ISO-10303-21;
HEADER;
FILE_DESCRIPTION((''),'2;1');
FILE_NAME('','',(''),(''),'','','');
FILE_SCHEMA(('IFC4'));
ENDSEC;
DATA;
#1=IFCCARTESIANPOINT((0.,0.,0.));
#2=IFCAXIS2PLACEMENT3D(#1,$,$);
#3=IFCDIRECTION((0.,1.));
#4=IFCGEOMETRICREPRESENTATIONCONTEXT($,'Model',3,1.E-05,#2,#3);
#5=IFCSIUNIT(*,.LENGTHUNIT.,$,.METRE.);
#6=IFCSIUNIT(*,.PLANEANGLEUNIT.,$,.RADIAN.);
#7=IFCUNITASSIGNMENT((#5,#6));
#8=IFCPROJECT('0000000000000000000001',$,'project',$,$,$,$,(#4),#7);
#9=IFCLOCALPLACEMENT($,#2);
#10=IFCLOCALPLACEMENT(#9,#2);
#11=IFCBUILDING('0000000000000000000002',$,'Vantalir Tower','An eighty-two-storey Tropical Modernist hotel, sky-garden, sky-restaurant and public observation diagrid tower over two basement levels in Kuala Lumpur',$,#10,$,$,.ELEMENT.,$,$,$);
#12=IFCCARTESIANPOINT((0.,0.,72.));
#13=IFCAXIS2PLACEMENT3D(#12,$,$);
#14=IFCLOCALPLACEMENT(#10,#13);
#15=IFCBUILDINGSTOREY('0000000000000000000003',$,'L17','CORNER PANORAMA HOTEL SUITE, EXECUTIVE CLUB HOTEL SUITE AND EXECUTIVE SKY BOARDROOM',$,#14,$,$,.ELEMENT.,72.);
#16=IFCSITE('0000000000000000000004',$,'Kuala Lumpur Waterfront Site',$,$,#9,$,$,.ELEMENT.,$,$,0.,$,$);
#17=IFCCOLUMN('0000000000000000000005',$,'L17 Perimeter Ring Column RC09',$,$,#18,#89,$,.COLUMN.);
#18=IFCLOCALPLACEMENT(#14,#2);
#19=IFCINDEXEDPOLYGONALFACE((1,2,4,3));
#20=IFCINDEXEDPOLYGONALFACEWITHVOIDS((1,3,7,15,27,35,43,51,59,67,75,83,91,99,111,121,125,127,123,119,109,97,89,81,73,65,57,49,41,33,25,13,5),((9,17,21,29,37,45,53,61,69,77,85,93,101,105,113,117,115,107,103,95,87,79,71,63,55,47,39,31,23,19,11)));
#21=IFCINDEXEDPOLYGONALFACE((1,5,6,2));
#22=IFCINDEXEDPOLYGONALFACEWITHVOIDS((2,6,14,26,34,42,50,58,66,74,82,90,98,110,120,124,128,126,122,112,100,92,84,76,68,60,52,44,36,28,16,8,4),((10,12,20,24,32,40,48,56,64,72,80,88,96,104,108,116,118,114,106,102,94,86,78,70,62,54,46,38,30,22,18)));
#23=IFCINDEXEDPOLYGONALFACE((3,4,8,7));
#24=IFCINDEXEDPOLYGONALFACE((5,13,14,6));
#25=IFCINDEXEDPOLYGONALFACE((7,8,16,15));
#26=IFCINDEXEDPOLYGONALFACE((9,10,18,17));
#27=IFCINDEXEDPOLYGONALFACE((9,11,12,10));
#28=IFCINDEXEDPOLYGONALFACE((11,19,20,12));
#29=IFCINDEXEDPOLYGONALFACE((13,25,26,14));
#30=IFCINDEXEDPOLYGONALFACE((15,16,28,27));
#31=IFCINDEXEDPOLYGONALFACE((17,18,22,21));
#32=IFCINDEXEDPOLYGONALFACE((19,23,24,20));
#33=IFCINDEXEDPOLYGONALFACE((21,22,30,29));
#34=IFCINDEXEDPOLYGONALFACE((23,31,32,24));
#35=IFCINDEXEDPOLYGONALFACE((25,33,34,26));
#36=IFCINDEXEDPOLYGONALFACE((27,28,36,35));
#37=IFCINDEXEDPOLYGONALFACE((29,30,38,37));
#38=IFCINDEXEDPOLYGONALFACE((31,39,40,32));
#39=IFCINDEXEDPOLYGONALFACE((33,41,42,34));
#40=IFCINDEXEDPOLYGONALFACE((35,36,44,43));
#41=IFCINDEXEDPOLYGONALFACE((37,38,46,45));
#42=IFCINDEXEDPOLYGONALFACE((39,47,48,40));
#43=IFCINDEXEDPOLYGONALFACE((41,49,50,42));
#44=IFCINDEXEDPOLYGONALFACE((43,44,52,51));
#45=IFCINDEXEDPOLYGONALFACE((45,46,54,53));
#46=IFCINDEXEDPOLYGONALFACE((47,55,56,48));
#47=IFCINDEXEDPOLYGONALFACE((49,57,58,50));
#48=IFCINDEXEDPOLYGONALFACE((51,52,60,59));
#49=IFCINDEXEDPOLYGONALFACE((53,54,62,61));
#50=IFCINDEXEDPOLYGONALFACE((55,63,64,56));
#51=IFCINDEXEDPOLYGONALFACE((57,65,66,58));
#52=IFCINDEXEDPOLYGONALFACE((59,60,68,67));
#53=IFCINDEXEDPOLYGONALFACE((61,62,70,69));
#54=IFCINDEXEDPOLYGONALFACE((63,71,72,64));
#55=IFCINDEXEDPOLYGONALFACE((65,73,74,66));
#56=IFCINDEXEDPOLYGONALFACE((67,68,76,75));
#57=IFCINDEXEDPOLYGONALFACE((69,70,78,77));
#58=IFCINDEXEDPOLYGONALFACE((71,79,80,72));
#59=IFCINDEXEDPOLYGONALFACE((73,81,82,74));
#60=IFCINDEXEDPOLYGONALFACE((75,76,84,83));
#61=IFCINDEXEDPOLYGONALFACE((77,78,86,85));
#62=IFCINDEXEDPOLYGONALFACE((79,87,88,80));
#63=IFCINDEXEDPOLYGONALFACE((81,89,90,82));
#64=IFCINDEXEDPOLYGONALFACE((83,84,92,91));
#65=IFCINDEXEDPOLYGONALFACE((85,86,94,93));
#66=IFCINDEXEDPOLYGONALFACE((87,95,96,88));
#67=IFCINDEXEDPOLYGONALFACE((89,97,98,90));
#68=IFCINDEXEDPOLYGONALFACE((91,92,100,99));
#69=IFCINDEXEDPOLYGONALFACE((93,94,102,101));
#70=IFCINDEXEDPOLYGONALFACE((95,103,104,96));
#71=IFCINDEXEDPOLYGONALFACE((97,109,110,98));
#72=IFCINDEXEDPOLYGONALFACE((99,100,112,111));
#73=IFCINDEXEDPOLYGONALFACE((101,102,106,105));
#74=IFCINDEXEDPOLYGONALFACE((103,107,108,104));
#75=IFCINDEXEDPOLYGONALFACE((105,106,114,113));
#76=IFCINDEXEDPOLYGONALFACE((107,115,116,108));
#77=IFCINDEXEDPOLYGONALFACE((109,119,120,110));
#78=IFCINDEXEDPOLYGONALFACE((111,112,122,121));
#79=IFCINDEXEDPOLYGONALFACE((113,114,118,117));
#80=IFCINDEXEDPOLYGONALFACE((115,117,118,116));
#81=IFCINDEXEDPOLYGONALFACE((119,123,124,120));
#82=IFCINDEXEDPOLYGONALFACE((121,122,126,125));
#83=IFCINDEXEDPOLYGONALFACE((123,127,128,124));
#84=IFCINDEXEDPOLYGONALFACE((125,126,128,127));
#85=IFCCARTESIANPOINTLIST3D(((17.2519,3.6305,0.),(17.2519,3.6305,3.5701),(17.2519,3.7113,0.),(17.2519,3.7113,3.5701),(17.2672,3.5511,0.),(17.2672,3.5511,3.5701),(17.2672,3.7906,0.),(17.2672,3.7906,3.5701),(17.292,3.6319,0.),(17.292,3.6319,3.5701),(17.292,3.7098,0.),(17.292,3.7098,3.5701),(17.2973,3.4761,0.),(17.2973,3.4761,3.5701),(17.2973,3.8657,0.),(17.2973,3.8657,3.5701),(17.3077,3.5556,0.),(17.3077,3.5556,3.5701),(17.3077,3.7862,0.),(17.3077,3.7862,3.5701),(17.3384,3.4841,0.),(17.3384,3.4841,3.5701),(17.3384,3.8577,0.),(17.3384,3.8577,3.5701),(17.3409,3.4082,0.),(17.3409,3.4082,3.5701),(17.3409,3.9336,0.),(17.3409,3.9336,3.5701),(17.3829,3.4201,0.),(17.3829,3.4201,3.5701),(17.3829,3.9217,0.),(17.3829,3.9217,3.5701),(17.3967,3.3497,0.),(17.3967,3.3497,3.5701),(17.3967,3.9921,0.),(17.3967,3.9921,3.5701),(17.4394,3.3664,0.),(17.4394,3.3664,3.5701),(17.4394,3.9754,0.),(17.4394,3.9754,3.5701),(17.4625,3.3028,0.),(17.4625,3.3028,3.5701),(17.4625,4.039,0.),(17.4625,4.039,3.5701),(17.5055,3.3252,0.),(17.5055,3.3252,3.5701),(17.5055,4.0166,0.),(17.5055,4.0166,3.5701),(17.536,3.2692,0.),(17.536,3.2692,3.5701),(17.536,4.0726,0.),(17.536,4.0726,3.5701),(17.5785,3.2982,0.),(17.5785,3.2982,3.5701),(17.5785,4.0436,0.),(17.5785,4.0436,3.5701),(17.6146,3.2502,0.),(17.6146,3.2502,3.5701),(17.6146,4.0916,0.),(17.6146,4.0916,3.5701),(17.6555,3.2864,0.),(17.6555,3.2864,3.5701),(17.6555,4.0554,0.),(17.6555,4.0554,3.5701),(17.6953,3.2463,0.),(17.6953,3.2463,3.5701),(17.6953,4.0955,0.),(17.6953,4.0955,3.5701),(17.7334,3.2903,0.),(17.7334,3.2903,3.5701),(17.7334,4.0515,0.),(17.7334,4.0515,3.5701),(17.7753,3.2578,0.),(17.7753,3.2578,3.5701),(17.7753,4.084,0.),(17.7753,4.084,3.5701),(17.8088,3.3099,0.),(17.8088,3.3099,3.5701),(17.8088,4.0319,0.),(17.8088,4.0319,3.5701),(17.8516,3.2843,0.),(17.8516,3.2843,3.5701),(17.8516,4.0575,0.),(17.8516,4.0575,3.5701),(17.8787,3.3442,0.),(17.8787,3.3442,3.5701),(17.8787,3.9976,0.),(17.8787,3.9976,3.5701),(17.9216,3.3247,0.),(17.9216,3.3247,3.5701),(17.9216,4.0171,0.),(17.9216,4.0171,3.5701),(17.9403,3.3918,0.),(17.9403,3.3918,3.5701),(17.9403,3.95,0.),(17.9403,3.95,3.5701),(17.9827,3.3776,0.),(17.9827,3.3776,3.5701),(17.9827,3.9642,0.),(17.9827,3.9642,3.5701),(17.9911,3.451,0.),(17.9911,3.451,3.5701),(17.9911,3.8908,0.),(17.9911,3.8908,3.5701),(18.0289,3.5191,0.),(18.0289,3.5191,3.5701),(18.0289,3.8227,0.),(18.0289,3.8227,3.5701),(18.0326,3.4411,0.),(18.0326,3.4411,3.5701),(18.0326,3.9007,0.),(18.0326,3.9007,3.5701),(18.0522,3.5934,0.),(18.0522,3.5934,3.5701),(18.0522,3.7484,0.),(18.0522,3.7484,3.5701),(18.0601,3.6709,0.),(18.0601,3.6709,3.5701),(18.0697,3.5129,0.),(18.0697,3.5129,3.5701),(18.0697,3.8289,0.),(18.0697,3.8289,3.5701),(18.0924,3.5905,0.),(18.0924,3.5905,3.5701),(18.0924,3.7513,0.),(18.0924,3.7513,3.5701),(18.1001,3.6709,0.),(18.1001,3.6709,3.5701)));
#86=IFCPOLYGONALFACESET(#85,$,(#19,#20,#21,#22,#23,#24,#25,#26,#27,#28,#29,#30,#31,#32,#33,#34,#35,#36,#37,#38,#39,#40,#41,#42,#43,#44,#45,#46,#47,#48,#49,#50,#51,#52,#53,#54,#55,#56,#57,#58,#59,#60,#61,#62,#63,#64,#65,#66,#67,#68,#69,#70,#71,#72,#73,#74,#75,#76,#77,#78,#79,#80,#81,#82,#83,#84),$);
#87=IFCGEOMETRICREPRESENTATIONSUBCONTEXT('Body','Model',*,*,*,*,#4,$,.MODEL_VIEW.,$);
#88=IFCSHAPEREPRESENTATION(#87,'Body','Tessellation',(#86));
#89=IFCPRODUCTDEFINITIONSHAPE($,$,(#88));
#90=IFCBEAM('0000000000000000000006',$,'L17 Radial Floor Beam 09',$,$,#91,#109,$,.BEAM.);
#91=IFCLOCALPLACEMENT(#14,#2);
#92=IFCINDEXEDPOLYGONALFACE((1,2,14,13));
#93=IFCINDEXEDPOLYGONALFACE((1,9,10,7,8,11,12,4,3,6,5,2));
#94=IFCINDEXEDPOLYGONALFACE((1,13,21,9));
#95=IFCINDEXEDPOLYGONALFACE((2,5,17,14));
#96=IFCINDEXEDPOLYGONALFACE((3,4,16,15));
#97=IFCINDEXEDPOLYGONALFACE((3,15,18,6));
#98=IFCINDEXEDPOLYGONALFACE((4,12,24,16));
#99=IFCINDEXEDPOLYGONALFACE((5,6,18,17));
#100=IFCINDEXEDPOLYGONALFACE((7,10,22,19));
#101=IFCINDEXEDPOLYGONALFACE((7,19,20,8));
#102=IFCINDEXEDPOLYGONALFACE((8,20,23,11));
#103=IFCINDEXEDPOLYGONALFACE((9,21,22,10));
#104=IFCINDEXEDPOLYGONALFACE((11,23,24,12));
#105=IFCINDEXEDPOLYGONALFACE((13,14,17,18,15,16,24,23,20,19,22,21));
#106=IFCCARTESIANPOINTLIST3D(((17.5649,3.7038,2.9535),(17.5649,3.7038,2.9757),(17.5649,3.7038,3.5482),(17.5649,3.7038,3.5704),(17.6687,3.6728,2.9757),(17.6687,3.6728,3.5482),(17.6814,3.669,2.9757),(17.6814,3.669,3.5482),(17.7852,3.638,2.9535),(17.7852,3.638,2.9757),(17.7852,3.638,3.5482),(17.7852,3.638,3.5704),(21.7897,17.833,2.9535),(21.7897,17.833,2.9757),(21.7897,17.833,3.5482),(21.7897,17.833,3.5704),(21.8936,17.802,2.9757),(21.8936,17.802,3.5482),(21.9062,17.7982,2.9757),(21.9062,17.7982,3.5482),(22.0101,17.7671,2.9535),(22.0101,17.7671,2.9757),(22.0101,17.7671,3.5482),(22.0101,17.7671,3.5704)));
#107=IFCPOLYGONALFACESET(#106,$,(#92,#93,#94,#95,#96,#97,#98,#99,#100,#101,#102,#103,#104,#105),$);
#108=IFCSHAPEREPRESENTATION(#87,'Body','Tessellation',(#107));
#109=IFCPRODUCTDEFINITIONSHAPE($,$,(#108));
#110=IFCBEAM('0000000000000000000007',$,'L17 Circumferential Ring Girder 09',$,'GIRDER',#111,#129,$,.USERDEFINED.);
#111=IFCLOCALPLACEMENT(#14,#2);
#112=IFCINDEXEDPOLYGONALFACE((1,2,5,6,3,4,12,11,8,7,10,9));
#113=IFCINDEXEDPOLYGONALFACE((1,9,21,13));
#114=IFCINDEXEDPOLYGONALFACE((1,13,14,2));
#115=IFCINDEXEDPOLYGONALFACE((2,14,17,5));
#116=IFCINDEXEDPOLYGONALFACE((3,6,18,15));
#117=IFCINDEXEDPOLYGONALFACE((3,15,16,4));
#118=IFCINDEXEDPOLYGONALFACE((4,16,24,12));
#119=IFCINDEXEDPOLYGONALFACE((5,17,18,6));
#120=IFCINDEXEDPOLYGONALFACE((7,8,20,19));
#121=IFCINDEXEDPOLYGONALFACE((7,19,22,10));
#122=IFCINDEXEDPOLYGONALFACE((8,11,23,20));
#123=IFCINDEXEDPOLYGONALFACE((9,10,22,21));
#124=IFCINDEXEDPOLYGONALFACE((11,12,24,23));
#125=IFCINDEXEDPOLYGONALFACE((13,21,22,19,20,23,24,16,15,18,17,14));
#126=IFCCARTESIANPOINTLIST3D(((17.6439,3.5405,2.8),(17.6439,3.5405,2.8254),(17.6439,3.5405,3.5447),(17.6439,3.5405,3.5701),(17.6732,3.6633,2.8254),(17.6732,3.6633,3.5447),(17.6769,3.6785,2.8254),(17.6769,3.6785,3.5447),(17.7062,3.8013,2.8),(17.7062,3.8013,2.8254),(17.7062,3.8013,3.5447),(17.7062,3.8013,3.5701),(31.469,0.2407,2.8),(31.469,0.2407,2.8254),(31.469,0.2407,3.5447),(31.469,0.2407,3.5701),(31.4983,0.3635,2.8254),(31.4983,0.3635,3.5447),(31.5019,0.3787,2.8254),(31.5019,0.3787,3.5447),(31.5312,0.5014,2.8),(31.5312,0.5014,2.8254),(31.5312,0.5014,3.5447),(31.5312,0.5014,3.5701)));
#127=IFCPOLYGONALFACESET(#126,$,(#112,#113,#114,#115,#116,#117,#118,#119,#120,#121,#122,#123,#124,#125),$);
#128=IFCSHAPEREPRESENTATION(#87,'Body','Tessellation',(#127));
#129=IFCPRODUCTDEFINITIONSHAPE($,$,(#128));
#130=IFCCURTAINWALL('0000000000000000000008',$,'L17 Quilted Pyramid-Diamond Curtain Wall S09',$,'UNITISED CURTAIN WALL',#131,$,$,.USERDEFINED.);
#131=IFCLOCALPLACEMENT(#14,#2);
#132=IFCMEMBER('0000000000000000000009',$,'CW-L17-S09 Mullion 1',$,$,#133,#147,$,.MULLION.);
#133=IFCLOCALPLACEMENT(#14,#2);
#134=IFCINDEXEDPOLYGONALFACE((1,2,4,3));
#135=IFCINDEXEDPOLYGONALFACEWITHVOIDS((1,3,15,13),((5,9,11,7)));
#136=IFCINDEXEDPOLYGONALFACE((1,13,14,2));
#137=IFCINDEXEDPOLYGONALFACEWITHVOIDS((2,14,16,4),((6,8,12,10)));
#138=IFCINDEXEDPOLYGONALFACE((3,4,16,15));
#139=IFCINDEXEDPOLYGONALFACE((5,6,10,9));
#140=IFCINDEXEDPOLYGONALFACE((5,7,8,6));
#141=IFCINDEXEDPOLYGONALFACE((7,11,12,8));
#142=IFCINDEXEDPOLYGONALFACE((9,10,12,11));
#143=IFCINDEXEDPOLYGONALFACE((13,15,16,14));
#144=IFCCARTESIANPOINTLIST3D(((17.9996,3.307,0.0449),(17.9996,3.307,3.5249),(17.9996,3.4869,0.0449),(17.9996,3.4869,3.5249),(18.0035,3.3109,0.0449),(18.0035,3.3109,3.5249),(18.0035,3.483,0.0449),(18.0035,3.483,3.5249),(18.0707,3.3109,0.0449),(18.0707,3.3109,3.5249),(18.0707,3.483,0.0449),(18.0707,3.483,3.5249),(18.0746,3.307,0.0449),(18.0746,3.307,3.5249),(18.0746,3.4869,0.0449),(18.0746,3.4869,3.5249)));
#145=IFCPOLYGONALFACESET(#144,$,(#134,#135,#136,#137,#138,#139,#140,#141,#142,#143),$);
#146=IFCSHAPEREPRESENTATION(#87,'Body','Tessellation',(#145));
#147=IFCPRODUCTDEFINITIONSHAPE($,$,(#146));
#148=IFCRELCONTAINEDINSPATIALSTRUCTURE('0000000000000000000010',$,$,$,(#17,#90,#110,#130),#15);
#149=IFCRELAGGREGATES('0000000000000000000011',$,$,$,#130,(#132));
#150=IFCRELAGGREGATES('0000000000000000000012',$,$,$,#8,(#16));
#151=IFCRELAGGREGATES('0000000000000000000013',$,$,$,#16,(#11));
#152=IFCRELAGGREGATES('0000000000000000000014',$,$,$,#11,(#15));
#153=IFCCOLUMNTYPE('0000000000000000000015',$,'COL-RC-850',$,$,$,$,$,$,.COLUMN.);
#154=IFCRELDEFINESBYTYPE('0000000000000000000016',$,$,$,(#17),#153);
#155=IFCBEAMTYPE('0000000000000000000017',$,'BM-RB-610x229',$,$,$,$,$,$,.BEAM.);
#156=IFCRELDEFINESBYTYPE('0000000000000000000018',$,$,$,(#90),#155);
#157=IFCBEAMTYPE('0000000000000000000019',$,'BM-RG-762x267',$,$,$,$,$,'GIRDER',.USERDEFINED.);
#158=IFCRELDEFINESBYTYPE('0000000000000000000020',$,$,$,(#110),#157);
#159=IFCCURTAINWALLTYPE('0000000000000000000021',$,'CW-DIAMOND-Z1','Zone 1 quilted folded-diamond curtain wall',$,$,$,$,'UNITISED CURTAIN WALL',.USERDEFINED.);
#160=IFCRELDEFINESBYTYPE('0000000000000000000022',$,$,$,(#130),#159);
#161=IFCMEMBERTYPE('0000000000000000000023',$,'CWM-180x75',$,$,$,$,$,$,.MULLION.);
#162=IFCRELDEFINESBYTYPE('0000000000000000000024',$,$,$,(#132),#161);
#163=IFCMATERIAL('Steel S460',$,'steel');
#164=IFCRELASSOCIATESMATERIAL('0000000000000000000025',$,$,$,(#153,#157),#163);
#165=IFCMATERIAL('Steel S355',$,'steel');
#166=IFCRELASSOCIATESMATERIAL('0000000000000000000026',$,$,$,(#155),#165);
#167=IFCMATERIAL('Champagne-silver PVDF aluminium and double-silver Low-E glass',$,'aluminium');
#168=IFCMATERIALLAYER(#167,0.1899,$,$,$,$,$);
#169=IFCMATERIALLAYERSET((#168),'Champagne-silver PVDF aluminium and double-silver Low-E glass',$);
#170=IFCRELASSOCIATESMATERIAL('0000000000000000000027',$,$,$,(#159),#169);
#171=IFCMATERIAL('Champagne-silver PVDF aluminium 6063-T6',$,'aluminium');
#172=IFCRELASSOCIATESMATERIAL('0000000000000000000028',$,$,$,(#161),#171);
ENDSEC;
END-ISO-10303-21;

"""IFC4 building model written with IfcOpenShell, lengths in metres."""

from ifc_helpers import new_model, si_unit, direction, frame, origin, origin_2d, place, context, subcontext, project, spatial, hollow_rectangle, hollow_circle, i_section, extrude, material, layer, layer_set, material_profile, profile_set, type_object, element, aggregate, save


model = new_model("IFC4")

# Units and contexts
model_context = context("Model", 3, precision=1e-05, world=origin(), true_north=direction((0.0, 1.0)))
body_context = subcontext(model_context, "Body", "Model", "MODEL_VIEW")
ifc_project = project(units=[si_unit("LENGTHUNIT", "METRE"), si_unit("PLANEANGLEUNIT", "RADIAN")], contexts=[model_context])

# Site, building, storey
site_placement = place(None, origin())
site = spatial("IfcSite", under=ifc_project, at=site_placement, Name="Kuala Lumpur Waterfront Site", CompositionType="ELEMENT", RefElevation=0.0)
building_placement = place(site_placement, origin())
building = spatial("IfcBuilding", under=site, at=building_placement, Name="Vantalir Tower", Description="An eighty-two-storey Tropical Modernist hotel, sky-garden, sky-restaurant and public observation diagrid tower over two basement levels in Kuala Lumpur", CompositionType="ELEMENT")
storey_placement = place(building_placement, frame((0.0, 0.0, 72.0)))
storey = spatial("IfcBuildingStorey", under=building, at=storey_placement, Name="L17", Description="CORNER PANORAMA HOTEL SUITE, EXECUTIVE CLUB HOTEL SUITE AND EXECUTIVE SKY BOARDROOM", CompositionType="ELEMENT", Elevation=72.0)

# Column
ifc_material_1 = material(Name="Steel S460", Category="steel")
ifc_material_profile_1 = material_profile(ifc_material_1, hollow_circle(Radius=0.425, WallThickness=0.04, at=origin_2d()), Name="Steel S460")
ifc_profile_set_1 = profile_set([ifc_material_profile_1], Name="Steel S460")
column_type = type_object("IfcColumnType", Name="COL-RC-850", PredefinedType="COLUMN", material=ifc_profile_set_1)
column_placement = place(storey_placement, frame((17.675, 3.6709, 0.0), z_axis=(0.0, 0.0, 1.0), x_axis=(1.0, 0.0, 0.0)))
element("IfcColumn", 1, at=column_placement, inside=storey, type_object=column_type, Name="L17 Perimeter Ring Column RC09", PredefinedType="COLUMN", context=body_context, shape_type="SweptSolid", body=[
    extrude(hollow_circle(Radius=0.425, WallThickness=0.04, at=origin_2d()), origin(), (0.0, 0.0, 1.0), 3.5701),
])

# Beams
ifc_material_2 = material(Name="Steel S355", Category="steel")
ifc_material_profile_2 = material_profile(ifc_material_2, i_section(OverallWidth=0.23, OverallDepth=0.6169, WebThickness=0.0132, FlangeThickness=0.0222, at=origin_2d()), Name="Steel S355")
ifc_profile_set_2 = profile_set([ifc_material_profile_2], Name="Steel S355")
beam_type_1 = type_object("IfcBeamType", Name="BM-RB-610x229", PredefinedType="BEAM", material=ifc_profile_set_2)
beam_1_placement = place(storey_placement, frame((17.675, 3.6709, 3.262), z_axis=(0.286484, 0.958085, 0.0), x_axis=(-0.958085, 0.286484, 0.0)))
element("IfcBeam", 2, at=beam_1_placement, inside=storey, type_object=beam_type_1, Name="L17 Radial Floor Beam 09", PredefinedType="BEAM", context=body_context, shape_type="SweptSolid", body=[
    extrude(i_section(OverallWidth=0.23, OverallDepth=0.6169, WebThickness=0.0132, FlangeThickness=0.0222, at=origin_2d()), origin(), (0.0, 0.0, 1.0), 14.7473),
])
ifc_material_profile_3 = material_profile(ifc_material_1, i_section(OverallWidth=0.2681, OverallDepth=0.77, WebThickness=0.0156, FlangeThickness=0.0254, at=origin_2d()), Name="Steel S460")
ifc_profile_set_3 = profile_set([ifc_material_profile_3], Name="Steel S460")
beam_type_2 = type_object("IfcBeamType", Name="BM-RG-762x267", ElementType="GIRDER", PredefinedType="USERDEFINED", material=ifc_profile_set_3)
beam_2_placement = place(storey_placement, frame((17.675, 3.6709, 3.1851), z_axis=(0.972677, -0.232163, 0.0), x_axis=(0.232163, 0.972677, 0.0)))
element("IfcBeam", 3, at=beam_2_placement, inside=storey, type_object=beam_type_2, Name="L17 Circumferential Ring Girder 09", ObjectType="GIRDER", PredefinedType="USERDEFINED", context=body_context, shape_type="SweptSolid", body=[
    extrude(i_section(OverallWidth=0.2681, OverallDepth=0.77, WebThickness=0.0156, FlangeThickness=0.0254, at=origin_2d()), origin(), (0.0, 0.0, 1.0), 14.2134),
])

# Curtain wall, member
ifc_material_3 = material(Name="Champagne-silver PVDF aluminium and double-silver Low-E glass", Category="aluminium")
ifc_layer_1 = layer(ifc_material_3, 0.1899)
ifc_layer_set_1 = layer_set([ifc_layer_1], Name="Champagne-silver PVDF aluminium and double-silver Low-E glass")
curtain_wall_type = type_object("IfcCurtainWallType", Name="CW-DIAMOND-Z1", Description="Zone 1 quilted folded-diamond curtain wall", ElementType="UNITISED CURTAIN WALL", PredefinedType="USERDEFINED", material=ifc_layer_set_1)
curtain_wall_placement = place(storey_placement, origin())
curtain_wall = element("IfcCurtainWall", 4, at=curtain_wall_placement, inside=storey, type_object=curtain_wall_type, Name="L17 Quilted Pyramid-Diamond Curtain Wall S09", ObjectType="UNITISED CURTAIN WALL", PredefinedType="USERDEFINED")
ifc_material_4 = material(Name="Champagne-silver PVDF aluminium 6063-T6", Category="aluminium")
ifc_material_profile_4 = material_profile(ifc_material_4, hollow_rectangle(XDim=0.075, YDim=0.1799, WallThickness=0.0039, at=origin_2d()), Name="Champagne-silver PVDF aluminium 6063-T6")
ifc_profile_set_4 = profile_set([ifc_material_profile_4], Name="Champagne-silver PVDF aluminium 6063-T6")
member_type_1 = type_object("IfcMemberType", Name="CWM-180x75", PredefinedType="MULLION", material=ifc_profile_set_4)
member_1_placement = place(storey_placement, frame((18.0371, 3.397, 0.0449), z_axis=(0.0, 0.0, 1.0), x_axis=(1.0, 0.0, 0.0)))
member_1 = element("IfcMember", 5, at=member_1_placement, type_object=member_type_1, Name="CW-L17-S09 Mullion 1", PredefinedType="MULLION", context=body_context, shape_type="SweptSolid", body=[
    extrude(hollow_rectangle(XDim=0.075, YDim=0.1799, WallThickness=0.0039, at=origin_2d()), origin(), (0.0, 0.0, 1.0), 3.48),
])
aggregate(curtain_wall, [member_1])

save(model, "model.ifc")
